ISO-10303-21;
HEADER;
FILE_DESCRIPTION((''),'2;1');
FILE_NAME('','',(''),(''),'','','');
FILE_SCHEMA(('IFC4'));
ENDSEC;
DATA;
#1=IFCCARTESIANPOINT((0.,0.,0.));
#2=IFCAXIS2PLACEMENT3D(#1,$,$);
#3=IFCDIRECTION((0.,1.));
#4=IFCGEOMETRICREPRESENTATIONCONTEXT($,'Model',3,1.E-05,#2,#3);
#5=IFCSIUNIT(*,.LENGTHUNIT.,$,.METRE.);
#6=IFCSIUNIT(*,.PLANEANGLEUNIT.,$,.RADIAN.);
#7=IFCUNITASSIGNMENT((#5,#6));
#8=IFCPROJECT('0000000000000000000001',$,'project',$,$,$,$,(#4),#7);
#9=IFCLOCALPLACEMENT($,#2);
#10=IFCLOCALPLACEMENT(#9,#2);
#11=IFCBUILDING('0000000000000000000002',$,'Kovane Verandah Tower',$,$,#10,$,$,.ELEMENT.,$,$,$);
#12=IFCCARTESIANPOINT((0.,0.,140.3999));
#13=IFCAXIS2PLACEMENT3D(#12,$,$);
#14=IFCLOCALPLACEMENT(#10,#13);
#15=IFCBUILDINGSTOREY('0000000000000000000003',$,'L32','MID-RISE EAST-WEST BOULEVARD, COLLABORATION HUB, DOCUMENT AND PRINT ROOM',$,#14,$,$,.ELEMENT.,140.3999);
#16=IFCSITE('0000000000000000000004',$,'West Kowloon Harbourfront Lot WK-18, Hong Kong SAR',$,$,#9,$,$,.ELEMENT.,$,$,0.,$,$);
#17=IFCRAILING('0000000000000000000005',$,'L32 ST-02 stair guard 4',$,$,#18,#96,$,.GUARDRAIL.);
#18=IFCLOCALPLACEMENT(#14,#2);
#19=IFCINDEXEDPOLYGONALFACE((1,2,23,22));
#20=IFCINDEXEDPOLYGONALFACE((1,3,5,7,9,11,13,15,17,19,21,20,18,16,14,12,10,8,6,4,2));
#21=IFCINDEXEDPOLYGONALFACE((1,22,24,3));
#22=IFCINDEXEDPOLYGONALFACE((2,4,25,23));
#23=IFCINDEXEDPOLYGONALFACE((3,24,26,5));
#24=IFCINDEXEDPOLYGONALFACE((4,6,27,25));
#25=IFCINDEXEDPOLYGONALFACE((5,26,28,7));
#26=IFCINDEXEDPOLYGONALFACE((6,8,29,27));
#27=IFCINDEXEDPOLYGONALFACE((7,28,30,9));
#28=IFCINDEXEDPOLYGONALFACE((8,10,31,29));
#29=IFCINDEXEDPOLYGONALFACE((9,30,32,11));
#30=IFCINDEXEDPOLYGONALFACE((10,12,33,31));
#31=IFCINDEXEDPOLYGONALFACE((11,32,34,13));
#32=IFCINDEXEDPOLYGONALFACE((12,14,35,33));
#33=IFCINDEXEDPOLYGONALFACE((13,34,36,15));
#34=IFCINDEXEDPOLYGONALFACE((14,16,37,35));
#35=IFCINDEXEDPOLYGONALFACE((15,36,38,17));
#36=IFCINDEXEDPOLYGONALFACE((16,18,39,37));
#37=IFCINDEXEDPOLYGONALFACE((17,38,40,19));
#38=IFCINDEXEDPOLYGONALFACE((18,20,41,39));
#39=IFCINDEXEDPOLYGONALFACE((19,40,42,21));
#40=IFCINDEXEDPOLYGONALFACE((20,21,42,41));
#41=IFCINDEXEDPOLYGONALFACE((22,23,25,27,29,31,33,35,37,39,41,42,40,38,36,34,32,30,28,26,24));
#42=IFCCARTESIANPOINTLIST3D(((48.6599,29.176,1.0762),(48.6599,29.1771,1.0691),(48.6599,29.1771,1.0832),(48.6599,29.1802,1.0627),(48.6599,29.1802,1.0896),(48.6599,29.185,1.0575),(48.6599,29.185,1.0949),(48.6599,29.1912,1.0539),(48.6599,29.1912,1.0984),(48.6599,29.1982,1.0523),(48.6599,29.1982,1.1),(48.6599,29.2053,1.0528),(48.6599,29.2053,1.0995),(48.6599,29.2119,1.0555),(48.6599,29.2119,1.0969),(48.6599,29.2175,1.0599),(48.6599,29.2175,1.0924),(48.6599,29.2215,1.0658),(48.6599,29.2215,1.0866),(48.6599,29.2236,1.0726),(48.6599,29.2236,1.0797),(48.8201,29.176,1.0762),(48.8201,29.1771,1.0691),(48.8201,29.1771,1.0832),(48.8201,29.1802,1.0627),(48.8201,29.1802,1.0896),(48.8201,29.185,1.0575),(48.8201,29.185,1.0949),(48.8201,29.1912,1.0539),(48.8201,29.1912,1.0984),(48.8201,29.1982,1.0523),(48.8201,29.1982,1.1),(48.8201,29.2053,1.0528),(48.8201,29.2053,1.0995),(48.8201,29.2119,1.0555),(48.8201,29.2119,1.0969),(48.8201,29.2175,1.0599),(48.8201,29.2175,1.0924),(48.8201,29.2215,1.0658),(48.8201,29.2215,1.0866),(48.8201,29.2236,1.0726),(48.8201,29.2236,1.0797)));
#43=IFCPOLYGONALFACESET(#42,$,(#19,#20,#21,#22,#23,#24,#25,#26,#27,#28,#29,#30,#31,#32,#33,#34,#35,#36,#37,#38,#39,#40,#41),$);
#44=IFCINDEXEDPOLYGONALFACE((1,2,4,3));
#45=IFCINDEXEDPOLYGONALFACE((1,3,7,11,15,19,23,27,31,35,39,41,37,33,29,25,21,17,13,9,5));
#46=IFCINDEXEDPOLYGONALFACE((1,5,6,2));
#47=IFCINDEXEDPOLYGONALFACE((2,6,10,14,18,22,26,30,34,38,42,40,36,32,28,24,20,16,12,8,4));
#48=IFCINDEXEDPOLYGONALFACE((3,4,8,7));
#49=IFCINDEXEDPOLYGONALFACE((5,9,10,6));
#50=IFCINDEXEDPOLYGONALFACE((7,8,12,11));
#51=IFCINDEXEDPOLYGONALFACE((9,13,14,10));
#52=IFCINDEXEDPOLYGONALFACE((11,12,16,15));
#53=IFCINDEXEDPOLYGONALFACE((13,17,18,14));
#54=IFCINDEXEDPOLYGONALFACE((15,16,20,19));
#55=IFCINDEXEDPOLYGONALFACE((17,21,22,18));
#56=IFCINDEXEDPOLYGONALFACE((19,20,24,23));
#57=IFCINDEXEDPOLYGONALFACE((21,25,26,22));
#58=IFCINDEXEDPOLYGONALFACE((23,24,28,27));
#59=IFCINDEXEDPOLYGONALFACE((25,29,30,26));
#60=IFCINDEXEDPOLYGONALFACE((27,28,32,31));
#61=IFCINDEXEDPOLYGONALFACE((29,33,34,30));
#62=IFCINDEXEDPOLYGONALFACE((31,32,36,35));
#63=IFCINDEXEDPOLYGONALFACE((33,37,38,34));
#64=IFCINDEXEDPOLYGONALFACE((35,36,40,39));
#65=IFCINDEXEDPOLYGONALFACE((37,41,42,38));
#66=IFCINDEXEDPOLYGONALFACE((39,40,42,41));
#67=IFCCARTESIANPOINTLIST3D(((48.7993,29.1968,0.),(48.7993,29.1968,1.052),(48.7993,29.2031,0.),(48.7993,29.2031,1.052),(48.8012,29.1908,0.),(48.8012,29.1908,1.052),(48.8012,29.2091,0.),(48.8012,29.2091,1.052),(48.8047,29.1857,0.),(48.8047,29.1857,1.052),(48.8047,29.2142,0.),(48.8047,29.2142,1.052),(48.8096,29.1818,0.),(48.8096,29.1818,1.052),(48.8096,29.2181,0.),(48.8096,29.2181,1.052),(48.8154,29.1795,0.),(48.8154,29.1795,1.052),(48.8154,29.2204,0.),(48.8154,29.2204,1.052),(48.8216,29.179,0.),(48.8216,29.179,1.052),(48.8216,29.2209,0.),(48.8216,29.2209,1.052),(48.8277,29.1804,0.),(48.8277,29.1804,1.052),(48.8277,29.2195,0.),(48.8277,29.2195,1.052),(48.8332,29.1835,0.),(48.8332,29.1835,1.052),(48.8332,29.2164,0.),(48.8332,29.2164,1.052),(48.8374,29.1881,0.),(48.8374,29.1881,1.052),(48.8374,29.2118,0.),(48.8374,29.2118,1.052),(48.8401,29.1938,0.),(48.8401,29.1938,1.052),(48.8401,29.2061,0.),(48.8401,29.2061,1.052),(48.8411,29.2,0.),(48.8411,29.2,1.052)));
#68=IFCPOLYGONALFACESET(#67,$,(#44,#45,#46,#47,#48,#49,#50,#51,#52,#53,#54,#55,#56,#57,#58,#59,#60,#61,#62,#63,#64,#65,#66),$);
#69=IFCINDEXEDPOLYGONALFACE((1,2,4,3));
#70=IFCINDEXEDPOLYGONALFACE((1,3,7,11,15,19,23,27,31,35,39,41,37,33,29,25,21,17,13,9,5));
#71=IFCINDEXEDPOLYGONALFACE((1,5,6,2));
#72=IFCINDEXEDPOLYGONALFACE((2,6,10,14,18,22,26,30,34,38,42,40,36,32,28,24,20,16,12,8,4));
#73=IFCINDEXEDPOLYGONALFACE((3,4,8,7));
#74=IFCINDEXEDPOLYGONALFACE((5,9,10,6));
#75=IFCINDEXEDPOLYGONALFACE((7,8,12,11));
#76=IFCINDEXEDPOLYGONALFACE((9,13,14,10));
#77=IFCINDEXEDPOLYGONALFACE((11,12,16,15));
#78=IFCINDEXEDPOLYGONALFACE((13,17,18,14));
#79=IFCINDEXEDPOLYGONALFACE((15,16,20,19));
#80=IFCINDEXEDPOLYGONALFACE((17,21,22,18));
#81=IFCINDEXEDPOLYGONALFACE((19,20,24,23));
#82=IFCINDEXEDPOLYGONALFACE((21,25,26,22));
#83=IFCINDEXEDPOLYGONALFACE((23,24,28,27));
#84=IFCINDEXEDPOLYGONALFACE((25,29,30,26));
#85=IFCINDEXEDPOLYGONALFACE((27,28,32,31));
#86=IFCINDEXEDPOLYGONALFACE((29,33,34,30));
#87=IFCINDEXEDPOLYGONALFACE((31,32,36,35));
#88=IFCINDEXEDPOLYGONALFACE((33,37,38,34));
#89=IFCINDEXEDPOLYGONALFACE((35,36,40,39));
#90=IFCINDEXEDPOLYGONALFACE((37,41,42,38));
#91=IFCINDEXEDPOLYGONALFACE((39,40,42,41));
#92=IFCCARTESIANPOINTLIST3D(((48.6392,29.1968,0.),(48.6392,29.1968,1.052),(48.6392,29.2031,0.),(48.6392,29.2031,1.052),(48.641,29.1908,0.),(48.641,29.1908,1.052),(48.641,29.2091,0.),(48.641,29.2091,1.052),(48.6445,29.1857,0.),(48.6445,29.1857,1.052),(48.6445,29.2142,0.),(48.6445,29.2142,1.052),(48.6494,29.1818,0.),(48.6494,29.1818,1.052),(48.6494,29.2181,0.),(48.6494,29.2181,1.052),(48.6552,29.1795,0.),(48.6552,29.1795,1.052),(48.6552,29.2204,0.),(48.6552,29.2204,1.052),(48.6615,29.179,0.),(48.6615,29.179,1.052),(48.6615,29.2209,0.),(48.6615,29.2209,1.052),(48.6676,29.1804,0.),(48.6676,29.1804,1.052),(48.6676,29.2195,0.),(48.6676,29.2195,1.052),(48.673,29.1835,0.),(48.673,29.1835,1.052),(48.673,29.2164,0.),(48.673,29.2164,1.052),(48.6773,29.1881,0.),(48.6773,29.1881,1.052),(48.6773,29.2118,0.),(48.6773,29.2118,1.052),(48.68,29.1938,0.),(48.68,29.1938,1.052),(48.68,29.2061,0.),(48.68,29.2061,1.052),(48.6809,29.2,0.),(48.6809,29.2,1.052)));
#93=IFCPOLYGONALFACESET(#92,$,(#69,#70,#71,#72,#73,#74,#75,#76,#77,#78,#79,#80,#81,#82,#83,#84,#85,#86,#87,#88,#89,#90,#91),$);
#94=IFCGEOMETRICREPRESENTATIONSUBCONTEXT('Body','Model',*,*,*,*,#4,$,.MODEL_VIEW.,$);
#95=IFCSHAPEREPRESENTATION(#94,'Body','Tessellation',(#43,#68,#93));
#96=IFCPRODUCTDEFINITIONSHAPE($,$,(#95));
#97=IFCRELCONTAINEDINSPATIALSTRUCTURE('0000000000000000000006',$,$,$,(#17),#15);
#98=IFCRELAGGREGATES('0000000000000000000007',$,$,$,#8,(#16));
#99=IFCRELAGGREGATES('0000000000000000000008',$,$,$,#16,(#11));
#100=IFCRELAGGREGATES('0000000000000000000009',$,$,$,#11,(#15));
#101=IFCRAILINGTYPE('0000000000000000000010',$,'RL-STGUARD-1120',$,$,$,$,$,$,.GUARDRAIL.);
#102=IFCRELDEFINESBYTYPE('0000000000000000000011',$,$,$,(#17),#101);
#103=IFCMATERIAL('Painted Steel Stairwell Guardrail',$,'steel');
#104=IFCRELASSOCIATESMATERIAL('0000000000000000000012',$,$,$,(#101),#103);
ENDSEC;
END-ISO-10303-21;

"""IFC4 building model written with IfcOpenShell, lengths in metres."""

from ifc_helpers import new_model, si_unit, direction, frame, origin, origin_2d, place, context, subcontext, project, spatial, circle, extrude, material, type_object, element, save


model = new_model("IFC4")

# Units and contexts
model_context = context("Model", 3, precision=1e-05, world=origin(), true_north=direction((0.0, 1.0)))
body_context = subcontext(model_context, "Body", "Model", "MODEL_VIEW")
ifc_project = project(units=[si_unit("LENGTHUNIT", "METRE"), si_unit("PLANEANGLEUNIT", "RADIAN")], contexts=[model_context])

# Site, building, storey
site_placement = place(None, origin())
site = spatial("IfcSite", under=ifc_project, at=site_placement, Name="West Kowloon Harbourfront Lot WK-18, Hong Kong SAR", CompositionType="ELEMENT", RefElevation=0.0)
building_placement = place(site_placement, origin())
building = spatial("IfcBuilding", under=site, at=building_placement, Name="Kovane Verandah Tower", CompositionType="ELEMENT")
storey_placement = place(building_placement, frame((0.0, 0.0, 140.3999)))
storey = spatial("IfcBuildingStorey", under=building, at=storey_placement, Name="L32", Description="MID-RISE EAST-WEST BOULEVARD, COLLABORATION HUB, DOCUMENT AND PRINT ROOM", CompositionType="ELEMENT", Elevation=140.3999)

# Railing
ifc_material_1 = material(Name="Painted Steel Stairwell Guardrail", Category="steel")
railing_type_1 = type_object("IfcRailingType", Name="RL-STGUARD-1120", PredefinedType="GUARDRAIL", material=ifc_material_1)
railing_1_placement = place(storey_placement, frame((48.8201, 29.2, 0.0)))
element("IfcRailing", 1, at=railing_1_placement, inside=storey, type_object=railing_type_1, Name="L32 ST-02 stair guard 4", PredefinedType="GUARDRAIL", context=body_context, shape_type="SweptSolid", body=[
    extrude(circle(Radius=0.0239, at=origin_2d()), frame((0.0, 0.0, 1.0762), z_axis=(-1.0, 0.0, 0.0), x_axis=(0.0, -1.0, 0.0)), (0.0, 0.0, 1.0), 0.1602),
    extrude(circle(Radius=0.021, at=origin_2d()), origin(), (0.0, 0.0, 1.0), 1.052),
    extrude(circle(Radius=0.021, at=origin_2d()), frame((-0.1602, 0.0, 0.0)), (0.0, 0.0, 1.0), 1.052),
])

save(model, "model.ifc")
